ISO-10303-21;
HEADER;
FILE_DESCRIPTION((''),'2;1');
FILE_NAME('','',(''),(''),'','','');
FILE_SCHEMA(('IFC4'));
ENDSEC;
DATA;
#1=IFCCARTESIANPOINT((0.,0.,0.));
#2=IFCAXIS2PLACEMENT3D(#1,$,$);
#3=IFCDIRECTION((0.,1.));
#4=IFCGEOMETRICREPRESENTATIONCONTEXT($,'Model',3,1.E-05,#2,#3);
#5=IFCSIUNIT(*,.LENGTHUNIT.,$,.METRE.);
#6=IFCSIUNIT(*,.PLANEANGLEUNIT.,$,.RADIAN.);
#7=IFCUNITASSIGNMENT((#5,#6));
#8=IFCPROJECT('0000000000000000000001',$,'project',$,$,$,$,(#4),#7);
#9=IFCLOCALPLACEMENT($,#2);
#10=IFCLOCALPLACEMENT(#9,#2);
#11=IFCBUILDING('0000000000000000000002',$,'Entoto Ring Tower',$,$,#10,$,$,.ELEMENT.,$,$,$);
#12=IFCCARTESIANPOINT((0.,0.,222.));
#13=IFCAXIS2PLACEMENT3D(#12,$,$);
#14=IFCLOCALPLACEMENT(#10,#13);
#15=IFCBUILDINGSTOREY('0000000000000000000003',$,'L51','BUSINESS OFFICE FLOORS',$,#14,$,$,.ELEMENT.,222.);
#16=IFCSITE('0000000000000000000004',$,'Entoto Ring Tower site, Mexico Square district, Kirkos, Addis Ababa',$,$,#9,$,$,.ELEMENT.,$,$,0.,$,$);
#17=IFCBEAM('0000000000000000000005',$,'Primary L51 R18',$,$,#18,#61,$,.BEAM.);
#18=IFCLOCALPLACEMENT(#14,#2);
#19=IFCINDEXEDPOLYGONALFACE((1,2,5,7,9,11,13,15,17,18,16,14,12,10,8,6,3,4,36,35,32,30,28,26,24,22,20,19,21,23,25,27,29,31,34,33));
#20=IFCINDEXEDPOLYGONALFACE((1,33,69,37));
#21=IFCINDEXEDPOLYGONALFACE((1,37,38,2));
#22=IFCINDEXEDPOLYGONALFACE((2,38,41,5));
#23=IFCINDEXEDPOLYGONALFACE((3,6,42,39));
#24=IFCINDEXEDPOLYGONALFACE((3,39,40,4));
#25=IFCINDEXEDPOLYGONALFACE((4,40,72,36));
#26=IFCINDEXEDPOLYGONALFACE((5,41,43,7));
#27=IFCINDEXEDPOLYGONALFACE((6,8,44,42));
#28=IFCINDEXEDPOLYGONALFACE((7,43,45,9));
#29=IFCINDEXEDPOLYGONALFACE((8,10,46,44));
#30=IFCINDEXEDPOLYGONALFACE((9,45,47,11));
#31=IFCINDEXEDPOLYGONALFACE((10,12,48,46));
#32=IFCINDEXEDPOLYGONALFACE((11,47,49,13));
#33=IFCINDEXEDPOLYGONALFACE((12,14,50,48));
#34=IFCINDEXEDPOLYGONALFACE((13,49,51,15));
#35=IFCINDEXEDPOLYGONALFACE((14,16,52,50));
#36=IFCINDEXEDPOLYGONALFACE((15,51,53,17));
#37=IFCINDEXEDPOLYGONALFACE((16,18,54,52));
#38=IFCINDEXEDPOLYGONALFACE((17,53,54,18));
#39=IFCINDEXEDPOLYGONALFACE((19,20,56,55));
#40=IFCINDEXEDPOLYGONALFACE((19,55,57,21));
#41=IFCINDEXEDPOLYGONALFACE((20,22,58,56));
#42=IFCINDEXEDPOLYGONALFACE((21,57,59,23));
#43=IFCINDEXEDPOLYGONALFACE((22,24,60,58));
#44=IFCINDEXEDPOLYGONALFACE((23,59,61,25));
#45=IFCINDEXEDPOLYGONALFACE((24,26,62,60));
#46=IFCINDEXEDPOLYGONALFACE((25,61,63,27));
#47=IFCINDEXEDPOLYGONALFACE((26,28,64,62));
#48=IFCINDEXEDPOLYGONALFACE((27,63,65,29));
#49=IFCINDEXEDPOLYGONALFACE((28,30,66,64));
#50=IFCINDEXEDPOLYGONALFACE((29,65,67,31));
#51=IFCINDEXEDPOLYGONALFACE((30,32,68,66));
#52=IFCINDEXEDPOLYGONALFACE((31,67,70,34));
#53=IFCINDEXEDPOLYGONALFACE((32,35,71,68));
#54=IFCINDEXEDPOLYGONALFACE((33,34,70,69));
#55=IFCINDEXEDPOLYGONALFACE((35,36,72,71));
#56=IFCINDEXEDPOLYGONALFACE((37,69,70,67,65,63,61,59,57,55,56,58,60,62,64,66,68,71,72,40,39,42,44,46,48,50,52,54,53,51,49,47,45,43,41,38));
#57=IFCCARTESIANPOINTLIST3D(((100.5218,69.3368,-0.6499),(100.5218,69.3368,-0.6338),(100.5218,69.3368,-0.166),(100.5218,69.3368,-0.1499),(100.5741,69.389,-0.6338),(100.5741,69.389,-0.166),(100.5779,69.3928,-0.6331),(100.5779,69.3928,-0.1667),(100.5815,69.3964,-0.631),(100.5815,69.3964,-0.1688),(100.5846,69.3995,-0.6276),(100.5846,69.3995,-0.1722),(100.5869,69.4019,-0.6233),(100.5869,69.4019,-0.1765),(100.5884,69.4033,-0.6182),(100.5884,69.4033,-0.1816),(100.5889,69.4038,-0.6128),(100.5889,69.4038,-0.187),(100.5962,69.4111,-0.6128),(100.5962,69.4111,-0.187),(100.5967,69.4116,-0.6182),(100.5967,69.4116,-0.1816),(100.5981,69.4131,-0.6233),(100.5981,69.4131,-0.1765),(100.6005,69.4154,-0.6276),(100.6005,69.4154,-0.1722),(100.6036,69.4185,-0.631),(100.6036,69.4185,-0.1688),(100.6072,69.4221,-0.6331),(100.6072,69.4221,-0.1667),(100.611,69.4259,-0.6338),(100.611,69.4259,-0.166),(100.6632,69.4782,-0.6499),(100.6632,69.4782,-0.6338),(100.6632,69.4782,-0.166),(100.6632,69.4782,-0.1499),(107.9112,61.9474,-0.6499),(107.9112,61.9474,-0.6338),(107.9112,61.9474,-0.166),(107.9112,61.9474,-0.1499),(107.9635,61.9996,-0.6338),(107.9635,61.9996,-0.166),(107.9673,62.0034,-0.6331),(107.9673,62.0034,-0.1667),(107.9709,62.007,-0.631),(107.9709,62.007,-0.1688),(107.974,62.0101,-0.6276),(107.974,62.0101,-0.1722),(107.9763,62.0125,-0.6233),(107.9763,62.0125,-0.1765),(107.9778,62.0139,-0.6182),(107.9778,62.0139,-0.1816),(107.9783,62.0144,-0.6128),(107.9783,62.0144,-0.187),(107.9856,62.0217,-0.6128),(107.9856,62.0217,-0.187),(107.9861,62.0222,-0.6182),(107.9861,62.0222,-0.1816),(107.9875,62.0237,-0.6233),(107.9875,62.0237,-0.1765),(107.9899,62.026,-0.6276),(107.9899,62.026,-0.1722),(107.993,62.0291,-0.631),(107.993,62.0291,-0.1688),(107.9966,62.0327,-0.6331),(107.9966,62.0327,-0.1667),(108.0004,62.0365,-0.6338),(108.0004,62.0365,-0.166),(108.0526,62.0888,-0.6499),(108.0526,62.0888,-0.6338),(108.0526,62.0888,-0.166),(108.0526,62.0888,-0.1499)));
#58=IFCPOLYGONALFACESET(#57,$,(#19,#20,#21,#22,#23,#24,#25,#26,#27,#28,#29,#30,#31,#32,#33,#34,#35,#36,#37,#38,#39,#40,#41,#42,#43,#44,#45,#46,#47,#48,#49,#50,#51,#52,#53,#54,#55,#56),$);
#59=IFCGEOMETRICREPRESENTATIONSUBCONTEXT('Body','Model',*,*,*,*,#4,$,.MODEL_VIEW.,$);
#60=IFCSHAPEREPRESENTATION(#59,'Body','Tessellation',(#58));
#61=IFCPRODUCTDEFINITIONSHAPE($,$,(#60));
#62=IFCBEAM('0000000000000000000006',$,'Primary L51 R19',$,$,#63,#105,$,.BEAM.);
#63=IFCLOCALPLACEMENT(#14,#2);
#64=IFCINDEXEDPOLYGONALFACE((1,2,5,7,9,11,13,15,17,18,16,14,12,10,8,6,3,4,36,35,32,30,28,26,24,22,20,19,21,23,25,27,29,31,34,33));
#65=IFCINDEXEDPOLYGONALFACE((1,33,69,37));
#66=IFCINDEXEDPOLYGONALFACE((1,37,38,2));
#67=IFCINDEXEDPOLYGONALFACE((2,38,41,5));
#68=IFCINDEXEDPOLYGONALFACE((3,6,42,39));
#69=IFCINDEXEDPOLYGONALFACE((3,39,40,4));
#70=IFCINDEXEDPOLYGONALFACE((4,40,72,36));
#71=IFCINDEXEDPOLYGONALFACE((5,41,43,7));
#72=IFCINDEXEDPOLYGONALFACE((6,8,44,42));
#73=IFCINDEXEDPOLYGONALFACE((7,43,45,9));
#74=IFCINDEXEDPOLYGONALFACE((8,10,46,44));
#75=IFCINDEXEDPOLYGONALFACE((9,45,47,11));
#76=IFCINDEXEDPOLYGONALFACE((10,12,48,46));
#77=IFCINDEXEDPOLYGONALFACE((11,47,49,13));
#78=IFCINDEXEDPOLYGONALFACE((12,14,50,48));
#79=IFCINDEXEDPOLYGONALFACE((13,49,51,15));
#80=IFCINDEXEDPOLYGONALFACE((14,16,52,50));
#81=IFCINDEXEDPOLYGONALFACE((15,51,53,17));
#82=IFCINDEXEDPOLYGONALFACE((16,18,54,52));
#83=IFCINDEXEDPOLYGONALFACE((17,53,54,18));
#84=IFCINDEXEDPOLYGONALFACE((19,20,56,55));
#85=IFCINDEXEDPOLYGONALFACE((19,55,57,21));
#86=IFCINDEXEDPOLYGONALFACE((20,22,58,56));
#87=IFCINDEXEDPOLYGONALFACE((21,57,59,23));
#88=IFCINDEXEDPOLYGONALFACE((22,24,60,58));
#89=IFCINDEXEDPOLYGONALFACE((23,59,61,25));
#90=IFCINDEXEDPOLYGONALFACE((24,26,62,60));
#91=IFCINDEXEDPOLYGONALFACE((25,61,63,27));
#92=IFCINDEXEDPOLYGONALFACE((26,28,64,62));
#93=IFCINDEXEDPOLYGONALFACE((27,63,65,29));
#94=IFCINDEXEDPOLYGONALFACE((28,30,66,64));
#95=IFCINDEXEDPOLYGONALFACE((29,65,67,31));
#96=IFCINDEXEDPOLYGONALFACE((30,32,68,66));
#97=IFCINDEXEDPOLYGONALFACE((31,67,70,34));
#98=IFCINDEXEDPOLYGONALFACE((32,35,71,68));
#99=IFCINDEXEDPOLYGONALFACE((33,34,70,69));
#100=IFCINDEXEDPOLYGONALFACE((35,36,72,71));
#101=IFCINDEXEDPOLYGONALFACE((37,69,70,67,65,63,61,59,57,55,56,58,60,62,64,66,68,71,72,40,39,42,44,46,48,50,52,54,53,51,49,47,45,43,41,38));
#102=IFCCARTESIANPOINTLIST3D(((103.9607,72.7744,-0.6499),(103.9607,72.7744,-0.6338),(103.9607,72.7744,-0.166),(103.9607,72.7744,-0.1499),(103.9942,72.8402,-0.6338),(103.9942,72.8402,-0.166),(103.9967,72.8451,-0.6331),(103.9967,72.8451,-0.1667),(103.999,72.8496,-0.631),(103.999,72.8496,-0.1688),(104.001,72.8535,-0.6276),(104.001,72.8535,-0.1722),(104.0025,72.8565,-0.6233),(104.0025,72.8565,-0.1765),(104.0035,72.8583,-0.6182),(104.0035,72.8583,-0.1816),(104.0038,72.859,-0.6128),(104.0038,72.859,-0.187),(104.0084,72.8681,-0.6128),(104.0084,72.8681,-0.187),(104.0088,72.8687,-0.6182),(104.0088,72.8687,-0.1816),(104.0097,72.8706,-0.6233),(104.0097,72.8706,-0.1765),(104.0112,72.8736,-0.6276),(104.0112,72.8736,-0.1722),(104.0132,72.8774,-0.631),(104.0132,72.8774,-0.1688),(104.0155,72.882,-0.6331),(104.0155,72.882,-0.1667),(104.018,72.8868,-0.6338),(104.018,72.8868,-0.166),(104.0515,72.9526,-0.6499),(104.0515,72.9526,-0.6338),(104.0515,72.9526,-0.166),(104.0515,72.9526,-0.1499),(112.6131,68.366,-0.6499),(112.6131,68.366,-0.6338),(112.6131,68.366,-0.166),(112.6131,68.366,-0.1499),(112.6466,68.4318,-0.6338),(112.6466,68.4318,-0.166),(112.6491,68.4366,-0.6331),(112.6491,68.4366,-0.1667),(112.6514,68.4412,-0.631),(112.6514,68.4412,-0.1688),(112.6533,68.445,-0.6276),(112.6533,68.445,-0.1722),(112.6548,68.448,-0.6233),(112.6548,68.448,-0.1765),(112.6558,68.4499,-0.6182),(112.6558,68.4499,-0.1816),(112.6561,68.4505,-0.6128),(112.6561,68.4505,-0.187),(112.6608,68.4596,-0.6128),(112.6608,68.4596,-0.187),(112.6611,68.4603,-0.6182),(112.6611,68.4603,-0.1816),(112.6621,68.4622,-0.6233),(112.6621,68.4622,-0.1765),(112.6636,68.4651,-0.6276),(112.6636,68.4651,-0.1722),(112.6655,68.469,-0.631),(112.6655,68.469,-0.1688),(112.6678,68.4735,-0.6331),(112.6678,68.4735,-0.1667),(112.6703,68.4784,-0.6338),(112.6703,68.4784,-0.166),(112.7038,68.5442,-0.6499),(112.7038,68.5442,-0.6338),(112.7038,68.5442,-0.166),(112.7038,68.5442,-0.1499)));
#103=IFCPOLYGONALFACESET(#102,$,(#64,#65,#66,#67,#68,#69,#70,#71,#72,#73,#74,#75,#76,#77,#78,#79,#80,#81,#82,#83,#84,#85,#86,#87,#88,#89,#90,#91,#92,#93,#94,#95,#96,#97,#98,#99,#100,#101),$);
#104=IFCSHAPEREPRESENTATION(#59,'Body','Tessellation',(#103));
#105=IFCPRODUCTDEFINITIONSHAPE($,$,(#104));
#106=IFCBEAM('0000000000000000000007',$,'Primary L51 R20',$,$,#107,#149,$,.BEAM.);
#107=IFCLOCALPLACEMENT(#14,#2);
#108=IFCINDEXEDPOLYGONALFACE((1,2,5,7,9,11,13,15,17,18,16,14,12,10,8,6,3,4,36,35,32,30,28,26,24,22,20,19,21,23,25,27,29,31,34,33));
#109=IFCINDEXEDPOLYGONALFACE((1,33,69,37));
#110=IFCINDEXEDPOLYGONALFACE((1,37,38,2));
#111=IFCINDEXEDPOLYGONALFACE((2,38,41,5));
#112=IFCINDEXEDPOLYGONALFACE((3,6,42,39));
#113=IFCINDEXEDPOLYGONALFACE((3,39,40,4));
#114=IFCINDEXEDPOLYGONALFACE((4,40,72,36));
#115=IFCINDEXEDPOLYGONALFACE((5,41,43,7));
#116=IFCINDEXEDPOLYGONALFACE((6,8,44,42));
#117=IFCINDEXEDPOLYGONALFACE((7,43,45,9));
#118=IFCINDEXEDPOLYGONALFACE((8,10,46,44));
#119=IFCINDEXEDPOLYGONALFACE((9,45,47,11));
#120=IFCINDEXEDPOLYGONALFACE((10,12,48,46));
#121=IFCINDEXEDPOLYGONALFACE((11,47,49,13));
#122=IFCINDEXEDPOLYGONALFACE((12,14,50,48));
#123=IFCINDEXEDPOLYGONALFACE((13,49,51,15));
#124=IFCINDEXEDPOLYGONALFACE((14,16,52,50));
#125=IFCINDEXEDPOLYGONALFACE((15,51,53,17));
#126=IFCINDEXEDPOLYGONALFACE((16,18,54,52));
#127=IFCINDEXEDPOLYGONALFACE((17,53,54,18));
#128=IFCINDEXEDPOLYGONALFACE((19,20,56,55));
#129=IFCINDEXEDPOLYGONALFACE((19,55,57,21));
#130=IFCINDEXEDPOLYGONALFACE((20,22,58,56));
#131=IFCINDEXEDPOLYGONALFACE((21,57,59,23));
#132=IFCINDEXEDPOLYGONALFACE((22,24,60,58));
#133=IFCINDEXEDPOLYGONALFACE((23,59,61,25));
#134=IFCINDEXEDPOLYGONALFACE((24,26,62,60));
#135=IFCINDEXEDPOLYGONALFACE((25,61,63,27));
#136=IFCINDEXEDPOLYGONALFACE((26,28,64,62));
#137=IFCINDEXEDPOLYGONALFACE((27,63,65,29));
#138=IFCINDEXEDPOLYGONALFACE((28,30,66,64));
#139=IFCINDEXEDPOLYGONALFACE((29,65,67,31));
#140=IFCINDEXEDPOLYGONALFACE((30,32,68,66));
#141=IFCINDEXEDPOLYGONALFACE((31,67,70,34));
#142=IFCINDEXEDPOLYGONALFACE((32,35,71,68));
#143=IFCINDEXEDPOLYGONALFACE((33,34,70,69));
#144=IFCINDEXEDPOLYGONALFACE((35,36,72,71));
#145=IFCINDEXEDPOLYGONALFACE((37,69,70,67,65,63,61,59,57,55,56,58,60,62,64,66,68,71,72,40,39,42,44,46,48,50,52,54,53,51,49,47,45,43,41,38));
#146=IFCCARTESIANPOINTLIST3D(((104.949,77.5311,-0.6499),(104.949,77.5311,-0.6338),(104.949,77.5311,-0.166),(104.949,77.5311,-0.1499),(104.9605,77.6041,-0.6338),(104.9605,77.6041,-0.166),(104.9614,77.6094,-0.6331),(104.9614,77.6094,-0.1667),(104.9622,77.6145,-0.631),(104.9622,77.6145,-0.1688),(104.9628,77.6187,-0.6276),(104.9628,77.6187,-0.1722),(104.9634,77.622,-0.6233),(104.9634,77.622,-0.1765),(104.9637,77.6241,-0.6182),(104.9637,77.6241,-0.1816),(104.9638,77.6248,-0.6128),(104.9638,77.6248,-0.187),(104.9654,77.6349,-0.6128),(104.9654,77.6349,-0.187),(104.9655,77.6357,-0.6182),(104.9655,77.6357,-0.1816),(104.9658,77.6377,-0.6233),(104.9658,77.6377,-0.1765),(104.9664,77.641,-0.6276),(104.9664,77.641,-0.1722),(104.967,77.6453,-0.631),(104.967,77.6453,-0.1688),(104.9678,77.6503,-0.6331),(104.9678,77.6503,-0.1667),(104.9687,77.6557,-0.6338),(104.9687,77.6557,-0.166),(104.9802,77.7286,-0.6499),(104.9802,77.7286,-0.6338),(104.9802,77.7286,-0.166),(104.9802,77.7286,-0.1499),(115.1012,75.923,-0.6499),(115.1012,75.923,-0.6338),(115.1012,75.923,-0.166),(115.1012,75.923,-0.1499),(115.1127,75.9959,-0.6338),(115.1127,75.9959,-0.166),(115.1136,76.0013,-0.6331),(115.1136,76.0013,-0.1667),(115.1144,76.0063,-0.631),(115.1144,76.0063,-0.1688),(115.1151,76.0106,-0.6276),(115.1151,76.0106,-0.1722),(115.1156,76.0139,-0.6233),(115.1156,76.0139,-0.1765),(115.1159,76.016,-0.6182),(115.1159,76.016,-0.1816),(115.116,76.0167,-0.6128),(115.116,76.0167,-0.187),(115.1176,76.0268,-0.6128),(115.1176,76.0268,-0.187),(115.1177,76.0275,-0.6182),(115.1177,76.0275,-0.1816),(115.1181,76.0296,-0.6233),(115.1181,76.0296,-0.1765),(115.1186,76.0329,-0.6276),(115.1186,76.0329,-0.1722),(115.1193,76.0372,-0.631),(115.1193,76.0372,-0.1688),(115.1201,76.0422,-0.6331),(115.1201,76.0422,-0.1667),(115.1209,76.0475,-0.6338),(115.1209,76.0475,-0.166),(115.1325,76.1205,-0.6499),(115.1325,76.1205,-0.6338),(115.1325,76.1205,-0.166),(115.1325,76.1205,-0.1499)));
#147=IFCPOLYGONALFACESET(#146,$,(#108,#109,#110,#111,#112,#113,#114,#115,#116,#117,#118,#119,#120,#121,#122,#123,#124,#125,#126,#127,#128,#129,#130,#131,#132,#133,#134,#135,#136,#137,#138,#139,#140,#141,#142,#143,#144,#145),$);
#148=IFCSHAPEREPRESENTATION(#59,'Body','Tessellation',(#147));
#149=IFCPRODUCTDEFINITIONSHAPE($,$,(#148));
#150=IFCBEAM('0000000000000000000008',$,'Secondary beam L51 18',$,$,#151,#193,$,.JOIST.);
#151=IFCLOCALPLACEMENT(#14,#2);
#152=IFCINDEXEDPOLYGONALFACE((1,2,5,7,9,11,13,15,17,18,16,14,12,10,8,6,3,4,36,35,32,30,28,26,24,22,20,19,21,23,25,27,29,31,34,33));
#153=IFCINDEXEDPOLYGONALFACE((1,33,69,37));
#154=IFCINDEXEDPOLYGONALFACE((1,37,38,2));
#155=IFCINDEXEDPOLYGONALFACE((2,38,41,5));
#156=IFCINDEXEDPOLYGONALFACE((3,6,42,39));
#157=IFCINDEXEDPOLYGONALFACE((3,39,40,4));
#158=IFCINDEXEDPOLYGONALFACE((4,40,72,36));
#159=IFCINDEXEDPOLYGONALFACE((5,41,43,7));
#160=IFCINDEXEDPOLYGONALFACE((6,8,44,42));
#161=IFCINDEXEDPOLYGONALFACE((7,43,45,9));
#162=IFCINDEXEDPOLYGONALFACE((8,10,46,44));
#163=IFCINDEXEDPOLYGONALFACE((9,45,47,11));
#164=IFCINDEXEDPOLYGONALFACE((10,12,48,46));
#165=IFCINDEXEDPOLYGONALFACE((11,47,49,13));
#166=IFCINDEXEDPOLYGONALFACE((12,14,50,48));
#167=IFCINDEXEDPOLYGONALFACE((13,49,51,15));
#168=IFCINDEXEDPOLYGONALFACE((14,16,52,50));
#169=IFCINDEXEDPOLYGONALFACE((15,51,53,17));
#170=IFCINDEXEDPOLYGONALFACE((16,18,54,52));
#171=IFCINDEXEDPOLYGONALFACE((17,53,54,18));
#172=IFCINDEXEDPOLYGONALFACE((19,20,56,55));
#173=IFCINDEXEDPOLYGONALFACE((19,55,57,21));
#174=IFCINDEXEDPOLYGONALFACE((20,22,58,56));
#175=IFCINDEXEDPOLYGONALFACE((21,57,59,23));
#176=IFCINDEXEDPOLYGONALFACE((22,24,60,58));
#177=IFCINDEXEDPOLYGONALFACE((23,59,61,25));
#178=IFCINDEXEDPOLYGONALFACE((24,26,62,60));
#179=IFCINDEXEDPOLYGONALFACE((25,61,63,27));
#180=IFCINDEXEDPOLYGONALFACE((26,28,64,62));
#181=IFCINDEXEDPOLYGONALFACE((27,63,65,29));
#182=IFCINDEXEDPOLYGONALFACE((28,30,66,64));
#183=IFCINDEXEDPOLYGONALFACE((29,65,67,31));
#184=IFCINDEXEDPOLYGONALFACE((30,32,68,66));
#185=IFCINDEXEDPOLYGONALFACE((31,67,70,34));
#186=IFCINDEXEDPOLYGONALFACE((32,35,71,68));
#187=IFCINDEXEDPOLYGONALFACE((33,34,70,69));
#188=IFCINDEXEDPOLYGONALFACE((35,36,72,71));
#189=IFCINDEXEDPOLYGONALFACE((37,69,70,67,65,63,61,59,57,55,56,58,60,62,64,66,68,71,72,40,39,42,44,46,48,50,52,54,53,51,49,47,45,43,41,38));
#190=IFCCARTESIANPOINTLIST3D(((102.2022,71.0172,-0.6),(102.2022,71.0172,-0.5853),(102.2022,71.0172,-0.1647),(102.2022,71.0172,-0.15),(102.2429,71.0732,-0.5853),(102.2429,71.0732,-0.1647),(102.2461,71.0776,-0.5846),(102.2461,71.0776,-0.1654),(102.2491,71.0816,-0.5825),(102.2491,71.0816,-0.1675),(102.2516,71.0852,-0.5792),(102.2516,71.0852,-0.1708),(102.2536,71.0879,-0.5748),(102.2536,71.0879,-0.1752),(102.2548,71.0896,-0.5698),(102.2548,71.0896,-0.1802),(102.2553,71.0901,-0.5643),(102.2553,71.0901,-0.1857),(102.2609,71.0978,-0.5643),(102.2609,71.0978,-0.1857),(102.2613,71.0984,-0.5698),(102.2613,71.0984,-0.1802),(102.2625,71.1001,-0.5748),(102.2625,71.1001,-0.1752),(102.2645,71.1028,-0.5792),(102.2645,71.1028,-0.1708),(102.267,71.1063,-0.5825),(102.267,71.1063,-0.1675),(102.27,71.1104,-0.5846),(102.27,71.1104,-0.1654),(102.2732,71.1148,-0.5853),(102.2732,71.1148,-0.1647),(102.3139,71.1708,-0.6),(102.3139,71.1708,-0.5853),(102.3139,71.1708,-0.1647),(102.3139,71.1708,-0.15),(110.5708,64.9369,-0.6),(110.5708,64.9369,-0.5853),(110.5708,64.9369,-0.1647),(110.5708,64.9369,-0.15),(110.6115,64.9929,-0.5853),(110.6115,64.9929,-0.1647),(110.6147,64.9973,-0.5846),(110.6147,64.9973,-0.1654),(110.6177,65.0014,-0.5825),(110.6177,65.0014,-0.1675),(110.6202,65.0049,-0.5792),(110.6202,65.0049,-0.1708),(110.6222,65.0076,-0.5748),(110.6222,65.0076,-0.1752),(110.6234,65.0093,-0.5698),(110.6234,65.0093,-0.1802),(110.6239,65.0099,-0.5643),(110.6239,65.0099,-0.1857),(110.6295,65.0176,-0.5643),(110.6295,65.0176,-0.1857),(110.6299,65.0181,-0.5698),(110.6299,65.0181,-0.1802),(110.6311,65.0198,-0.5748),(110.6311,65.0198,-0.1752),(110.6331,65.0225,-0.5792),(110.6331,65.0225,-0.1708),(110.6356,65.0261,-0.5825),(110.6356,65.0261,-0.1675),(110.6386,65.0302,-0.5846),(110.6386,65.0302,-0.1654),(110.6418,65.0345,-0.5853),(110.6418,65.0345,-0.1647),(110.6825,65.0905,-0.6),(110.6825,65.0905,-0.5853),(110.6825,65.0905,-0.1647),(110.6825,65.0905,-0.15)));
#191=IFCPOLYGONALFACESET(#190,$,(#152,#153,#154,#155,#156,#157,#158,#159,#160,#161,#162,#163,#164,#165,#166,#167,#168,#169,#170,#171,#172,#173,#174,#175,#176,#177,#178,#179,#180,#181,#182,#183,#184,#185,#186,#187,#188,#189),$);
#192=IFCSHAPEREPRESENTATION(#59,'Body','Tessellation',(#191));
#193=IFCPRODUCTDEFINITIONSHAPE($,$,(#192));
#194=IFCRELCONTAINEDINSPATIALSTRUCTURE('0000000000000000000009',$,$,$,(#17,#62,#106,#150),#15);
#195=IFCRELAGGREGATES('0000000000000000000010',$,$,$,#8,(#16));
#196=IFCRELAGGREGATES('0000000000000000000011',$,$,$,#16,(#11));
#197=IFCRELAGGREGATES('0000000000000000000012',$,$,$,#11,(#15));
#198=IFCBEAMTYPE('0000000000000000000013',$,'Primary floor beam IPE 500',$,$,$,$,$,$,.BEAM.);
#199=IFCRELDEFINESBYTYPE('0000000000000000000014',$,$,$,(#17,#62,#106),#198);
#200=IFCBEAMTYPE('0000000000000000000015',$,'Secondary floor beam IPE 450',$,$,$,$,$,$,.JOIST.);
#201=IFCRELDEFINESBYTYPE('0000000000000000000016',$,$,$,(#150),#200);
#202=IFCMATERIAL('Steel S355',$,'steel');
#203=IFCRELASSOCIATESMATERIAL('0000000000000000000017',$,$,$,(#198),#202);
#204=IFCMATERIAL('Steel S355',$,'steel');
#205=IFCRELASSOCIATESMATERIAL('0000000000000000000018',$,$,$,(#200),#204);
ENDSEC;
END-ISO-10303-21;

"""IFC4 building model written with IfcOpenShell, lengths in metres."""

from ifc_helpers import new_model, si_unit, direction, frame, origin, origin_2d, place, context, subcontext, project, spatial, i_section, extrude, material, material_profile, profile_set, type_object, element, save


model = new_model("IFC4")

# Units and contexts
model_context = context("Model", 3, precision=1e-05, world=origin(), true_north=direction((0.0, 1.0)))
body_context = subcontext(model_context, "Body", "Model", "MODEL_VIEW")
ifc_project = project(units=[si_unit("LENGTHUNIT", "METRE"), si_unit("PLANEANGLEUNIT", "RADIAN")], contexts=[model_context])

# Site, building, storey
site_placement = place(None, origin())
site = spatial("IfcSite", under=ifc_project, at=site_placement, Name="Entoto Ring Tower site, Mexico Square district, Kirkos, Addis Ababa", CompositionType="ELEMENT", RefElevation=0.0)
building_placement = place(site_placement, origin())
building = spatial("IfcBuilding", under=site, at=building_placement, Name="Entoto Ring Tower", CompositionType="ELEMENT")
storey_placement = place(building_placement, frame((0.0, 0.0, 222.0)))
storey = spatial("IfcBuildingStorey", under=building, at=storey_placement, Name="L51", Description="BUSINESS OFFICE FLOORS", CompositionType="ELEMENT", Elevation=222.0)

# Beams
ifc_material_1 = material(Name="Steel S355", Category="steel")
ifc_material_profile_1 = material_profile(ifc_material_1, i_section(OverallWidth=0.2, OverallDepth=0.5, WebThickness=0.0103, FlangeThickness=0.0161, FilletRadius=0.021, at=origin_2d()), Name="IPE 500")
ifc_profile_set_1 = profile_set([ifc_material_profile_1], Name="Steel S355")
beam_type_1 = type_object("IfcBeamType", Name="Primary floor beam IPE 500", PredefinedType="BEAM", material=ifc_profile_set_1)
beam_1_placement = place(storey_placement, frame((100.5925, 69.4075, -0.3999), z_axis=(0.707107, -0.707107, 0.0), x_axis=(0.707107, 0.707107, 0.0)))
element("IfcBeam", 1, at=beam_1_placement, inside=storey, type_object=beam_type_1, Name="Primary L51 R18", PredefinedType="BEAM", context=body_context, shape_type="SweptSolid", body=[
    extrude(i_section(OverallWidth=0.2, OverallDepth=0.5, WebThickness=0.0103, FlangeThickness=0.0161, FilletRadius=0.021, at=origin_2d()), origin(), (0.0, 0.0, 1.0), 10.4502),
])
beam_2_placement = place(storey_placement, frame((104.0061, 72.8635, -0.3999), z_axis=(0.891012, -0.453979, 0.0), x_axis=(0.453979, 0.891012, 0.0)))
element("IfcBeam", 2, at=beam_2_placement, inside=storey, type_object=beam_type_1, Name="Primary L51 R19", PredefinedType="BEAM", context=body_context, shape_type="SweptSolid", body=[
    extrude(i_section(OverallWidth=0.2, OverallDepth=0.5, WebThickness=0.0103, FlangeThickness=0.0161, FilletRadius=0.021, at=origin_2d()), origin(), (0.0, 0.0, 1.0), 9.7107),
])
beam_3_placement = place(storey_placement, frame((104.9646, 77.6299, -0.3999), z_axis=(0.987686, -0.156452, 0.0), x_axis=(0.156452, 0.987686, 0.0)))
element("IfcBeam", 3, at=beam_3_placement, inside=storey, type_object=beam_type_1, Name="Primary L51 R20", PredefinedType="BEAM", context=body_context, shape_type="SweptSolid", body=[
    extrude(i_section(OverallWidth=0.2, OverallDepth=0.5, WebThickness=0.0103, FlangeThickness=0.0161, FilletRadius=0.021, at=origin_2d()), origin(), (0.0, 0.0, 1.0), 10.2788),
])
ifc_material_2 = material(Name="Steel S355", Category="steel")
ifc_material_profile_2 = material_profile(ifc_material_2, i_section(OverallWidth=0.1899, OverallDepth=0.45, WebThickness=0.0095, FlangeThickness=0.0146, FilletRadius=0.021, at=origin_2d()), Name="IPE 450")
ifc_profile_set_2 = profile_set([ifc_material_profile_2], Name="Steel S355")
beam_type_2 = type_object("IfcBeamType", Name="Secondary floor beam IPE 450", PredefinedType="JOIST", material=ifc_profile_set_2)
beam_4_placement = place(storey_placement, frame((102.2581, 71.094, -0.375), z_axis=(0.809011, -0.587794, 0.0), x_axis=(0.587794, 0.809011, 0.0)))
element("IfcBeam", 4, at=beam_4_placement, inside=storey, type_object=beam_type_2, Name="Secondary beam L51 18", PredefinedType="JOIST", context=body_context, shape_type="SweptSolid", body=[
    extrude(i_section(OverallWidth=0.1899, OverallDepth=0.45, WebThickness=0.0095, FlangeThickness=0.0146, FilletRadius=0.021, at=origin_2d()), origin(), (0.0, 0.0, 1.0), 10.3442),
])

save(model, "model.ifc")
